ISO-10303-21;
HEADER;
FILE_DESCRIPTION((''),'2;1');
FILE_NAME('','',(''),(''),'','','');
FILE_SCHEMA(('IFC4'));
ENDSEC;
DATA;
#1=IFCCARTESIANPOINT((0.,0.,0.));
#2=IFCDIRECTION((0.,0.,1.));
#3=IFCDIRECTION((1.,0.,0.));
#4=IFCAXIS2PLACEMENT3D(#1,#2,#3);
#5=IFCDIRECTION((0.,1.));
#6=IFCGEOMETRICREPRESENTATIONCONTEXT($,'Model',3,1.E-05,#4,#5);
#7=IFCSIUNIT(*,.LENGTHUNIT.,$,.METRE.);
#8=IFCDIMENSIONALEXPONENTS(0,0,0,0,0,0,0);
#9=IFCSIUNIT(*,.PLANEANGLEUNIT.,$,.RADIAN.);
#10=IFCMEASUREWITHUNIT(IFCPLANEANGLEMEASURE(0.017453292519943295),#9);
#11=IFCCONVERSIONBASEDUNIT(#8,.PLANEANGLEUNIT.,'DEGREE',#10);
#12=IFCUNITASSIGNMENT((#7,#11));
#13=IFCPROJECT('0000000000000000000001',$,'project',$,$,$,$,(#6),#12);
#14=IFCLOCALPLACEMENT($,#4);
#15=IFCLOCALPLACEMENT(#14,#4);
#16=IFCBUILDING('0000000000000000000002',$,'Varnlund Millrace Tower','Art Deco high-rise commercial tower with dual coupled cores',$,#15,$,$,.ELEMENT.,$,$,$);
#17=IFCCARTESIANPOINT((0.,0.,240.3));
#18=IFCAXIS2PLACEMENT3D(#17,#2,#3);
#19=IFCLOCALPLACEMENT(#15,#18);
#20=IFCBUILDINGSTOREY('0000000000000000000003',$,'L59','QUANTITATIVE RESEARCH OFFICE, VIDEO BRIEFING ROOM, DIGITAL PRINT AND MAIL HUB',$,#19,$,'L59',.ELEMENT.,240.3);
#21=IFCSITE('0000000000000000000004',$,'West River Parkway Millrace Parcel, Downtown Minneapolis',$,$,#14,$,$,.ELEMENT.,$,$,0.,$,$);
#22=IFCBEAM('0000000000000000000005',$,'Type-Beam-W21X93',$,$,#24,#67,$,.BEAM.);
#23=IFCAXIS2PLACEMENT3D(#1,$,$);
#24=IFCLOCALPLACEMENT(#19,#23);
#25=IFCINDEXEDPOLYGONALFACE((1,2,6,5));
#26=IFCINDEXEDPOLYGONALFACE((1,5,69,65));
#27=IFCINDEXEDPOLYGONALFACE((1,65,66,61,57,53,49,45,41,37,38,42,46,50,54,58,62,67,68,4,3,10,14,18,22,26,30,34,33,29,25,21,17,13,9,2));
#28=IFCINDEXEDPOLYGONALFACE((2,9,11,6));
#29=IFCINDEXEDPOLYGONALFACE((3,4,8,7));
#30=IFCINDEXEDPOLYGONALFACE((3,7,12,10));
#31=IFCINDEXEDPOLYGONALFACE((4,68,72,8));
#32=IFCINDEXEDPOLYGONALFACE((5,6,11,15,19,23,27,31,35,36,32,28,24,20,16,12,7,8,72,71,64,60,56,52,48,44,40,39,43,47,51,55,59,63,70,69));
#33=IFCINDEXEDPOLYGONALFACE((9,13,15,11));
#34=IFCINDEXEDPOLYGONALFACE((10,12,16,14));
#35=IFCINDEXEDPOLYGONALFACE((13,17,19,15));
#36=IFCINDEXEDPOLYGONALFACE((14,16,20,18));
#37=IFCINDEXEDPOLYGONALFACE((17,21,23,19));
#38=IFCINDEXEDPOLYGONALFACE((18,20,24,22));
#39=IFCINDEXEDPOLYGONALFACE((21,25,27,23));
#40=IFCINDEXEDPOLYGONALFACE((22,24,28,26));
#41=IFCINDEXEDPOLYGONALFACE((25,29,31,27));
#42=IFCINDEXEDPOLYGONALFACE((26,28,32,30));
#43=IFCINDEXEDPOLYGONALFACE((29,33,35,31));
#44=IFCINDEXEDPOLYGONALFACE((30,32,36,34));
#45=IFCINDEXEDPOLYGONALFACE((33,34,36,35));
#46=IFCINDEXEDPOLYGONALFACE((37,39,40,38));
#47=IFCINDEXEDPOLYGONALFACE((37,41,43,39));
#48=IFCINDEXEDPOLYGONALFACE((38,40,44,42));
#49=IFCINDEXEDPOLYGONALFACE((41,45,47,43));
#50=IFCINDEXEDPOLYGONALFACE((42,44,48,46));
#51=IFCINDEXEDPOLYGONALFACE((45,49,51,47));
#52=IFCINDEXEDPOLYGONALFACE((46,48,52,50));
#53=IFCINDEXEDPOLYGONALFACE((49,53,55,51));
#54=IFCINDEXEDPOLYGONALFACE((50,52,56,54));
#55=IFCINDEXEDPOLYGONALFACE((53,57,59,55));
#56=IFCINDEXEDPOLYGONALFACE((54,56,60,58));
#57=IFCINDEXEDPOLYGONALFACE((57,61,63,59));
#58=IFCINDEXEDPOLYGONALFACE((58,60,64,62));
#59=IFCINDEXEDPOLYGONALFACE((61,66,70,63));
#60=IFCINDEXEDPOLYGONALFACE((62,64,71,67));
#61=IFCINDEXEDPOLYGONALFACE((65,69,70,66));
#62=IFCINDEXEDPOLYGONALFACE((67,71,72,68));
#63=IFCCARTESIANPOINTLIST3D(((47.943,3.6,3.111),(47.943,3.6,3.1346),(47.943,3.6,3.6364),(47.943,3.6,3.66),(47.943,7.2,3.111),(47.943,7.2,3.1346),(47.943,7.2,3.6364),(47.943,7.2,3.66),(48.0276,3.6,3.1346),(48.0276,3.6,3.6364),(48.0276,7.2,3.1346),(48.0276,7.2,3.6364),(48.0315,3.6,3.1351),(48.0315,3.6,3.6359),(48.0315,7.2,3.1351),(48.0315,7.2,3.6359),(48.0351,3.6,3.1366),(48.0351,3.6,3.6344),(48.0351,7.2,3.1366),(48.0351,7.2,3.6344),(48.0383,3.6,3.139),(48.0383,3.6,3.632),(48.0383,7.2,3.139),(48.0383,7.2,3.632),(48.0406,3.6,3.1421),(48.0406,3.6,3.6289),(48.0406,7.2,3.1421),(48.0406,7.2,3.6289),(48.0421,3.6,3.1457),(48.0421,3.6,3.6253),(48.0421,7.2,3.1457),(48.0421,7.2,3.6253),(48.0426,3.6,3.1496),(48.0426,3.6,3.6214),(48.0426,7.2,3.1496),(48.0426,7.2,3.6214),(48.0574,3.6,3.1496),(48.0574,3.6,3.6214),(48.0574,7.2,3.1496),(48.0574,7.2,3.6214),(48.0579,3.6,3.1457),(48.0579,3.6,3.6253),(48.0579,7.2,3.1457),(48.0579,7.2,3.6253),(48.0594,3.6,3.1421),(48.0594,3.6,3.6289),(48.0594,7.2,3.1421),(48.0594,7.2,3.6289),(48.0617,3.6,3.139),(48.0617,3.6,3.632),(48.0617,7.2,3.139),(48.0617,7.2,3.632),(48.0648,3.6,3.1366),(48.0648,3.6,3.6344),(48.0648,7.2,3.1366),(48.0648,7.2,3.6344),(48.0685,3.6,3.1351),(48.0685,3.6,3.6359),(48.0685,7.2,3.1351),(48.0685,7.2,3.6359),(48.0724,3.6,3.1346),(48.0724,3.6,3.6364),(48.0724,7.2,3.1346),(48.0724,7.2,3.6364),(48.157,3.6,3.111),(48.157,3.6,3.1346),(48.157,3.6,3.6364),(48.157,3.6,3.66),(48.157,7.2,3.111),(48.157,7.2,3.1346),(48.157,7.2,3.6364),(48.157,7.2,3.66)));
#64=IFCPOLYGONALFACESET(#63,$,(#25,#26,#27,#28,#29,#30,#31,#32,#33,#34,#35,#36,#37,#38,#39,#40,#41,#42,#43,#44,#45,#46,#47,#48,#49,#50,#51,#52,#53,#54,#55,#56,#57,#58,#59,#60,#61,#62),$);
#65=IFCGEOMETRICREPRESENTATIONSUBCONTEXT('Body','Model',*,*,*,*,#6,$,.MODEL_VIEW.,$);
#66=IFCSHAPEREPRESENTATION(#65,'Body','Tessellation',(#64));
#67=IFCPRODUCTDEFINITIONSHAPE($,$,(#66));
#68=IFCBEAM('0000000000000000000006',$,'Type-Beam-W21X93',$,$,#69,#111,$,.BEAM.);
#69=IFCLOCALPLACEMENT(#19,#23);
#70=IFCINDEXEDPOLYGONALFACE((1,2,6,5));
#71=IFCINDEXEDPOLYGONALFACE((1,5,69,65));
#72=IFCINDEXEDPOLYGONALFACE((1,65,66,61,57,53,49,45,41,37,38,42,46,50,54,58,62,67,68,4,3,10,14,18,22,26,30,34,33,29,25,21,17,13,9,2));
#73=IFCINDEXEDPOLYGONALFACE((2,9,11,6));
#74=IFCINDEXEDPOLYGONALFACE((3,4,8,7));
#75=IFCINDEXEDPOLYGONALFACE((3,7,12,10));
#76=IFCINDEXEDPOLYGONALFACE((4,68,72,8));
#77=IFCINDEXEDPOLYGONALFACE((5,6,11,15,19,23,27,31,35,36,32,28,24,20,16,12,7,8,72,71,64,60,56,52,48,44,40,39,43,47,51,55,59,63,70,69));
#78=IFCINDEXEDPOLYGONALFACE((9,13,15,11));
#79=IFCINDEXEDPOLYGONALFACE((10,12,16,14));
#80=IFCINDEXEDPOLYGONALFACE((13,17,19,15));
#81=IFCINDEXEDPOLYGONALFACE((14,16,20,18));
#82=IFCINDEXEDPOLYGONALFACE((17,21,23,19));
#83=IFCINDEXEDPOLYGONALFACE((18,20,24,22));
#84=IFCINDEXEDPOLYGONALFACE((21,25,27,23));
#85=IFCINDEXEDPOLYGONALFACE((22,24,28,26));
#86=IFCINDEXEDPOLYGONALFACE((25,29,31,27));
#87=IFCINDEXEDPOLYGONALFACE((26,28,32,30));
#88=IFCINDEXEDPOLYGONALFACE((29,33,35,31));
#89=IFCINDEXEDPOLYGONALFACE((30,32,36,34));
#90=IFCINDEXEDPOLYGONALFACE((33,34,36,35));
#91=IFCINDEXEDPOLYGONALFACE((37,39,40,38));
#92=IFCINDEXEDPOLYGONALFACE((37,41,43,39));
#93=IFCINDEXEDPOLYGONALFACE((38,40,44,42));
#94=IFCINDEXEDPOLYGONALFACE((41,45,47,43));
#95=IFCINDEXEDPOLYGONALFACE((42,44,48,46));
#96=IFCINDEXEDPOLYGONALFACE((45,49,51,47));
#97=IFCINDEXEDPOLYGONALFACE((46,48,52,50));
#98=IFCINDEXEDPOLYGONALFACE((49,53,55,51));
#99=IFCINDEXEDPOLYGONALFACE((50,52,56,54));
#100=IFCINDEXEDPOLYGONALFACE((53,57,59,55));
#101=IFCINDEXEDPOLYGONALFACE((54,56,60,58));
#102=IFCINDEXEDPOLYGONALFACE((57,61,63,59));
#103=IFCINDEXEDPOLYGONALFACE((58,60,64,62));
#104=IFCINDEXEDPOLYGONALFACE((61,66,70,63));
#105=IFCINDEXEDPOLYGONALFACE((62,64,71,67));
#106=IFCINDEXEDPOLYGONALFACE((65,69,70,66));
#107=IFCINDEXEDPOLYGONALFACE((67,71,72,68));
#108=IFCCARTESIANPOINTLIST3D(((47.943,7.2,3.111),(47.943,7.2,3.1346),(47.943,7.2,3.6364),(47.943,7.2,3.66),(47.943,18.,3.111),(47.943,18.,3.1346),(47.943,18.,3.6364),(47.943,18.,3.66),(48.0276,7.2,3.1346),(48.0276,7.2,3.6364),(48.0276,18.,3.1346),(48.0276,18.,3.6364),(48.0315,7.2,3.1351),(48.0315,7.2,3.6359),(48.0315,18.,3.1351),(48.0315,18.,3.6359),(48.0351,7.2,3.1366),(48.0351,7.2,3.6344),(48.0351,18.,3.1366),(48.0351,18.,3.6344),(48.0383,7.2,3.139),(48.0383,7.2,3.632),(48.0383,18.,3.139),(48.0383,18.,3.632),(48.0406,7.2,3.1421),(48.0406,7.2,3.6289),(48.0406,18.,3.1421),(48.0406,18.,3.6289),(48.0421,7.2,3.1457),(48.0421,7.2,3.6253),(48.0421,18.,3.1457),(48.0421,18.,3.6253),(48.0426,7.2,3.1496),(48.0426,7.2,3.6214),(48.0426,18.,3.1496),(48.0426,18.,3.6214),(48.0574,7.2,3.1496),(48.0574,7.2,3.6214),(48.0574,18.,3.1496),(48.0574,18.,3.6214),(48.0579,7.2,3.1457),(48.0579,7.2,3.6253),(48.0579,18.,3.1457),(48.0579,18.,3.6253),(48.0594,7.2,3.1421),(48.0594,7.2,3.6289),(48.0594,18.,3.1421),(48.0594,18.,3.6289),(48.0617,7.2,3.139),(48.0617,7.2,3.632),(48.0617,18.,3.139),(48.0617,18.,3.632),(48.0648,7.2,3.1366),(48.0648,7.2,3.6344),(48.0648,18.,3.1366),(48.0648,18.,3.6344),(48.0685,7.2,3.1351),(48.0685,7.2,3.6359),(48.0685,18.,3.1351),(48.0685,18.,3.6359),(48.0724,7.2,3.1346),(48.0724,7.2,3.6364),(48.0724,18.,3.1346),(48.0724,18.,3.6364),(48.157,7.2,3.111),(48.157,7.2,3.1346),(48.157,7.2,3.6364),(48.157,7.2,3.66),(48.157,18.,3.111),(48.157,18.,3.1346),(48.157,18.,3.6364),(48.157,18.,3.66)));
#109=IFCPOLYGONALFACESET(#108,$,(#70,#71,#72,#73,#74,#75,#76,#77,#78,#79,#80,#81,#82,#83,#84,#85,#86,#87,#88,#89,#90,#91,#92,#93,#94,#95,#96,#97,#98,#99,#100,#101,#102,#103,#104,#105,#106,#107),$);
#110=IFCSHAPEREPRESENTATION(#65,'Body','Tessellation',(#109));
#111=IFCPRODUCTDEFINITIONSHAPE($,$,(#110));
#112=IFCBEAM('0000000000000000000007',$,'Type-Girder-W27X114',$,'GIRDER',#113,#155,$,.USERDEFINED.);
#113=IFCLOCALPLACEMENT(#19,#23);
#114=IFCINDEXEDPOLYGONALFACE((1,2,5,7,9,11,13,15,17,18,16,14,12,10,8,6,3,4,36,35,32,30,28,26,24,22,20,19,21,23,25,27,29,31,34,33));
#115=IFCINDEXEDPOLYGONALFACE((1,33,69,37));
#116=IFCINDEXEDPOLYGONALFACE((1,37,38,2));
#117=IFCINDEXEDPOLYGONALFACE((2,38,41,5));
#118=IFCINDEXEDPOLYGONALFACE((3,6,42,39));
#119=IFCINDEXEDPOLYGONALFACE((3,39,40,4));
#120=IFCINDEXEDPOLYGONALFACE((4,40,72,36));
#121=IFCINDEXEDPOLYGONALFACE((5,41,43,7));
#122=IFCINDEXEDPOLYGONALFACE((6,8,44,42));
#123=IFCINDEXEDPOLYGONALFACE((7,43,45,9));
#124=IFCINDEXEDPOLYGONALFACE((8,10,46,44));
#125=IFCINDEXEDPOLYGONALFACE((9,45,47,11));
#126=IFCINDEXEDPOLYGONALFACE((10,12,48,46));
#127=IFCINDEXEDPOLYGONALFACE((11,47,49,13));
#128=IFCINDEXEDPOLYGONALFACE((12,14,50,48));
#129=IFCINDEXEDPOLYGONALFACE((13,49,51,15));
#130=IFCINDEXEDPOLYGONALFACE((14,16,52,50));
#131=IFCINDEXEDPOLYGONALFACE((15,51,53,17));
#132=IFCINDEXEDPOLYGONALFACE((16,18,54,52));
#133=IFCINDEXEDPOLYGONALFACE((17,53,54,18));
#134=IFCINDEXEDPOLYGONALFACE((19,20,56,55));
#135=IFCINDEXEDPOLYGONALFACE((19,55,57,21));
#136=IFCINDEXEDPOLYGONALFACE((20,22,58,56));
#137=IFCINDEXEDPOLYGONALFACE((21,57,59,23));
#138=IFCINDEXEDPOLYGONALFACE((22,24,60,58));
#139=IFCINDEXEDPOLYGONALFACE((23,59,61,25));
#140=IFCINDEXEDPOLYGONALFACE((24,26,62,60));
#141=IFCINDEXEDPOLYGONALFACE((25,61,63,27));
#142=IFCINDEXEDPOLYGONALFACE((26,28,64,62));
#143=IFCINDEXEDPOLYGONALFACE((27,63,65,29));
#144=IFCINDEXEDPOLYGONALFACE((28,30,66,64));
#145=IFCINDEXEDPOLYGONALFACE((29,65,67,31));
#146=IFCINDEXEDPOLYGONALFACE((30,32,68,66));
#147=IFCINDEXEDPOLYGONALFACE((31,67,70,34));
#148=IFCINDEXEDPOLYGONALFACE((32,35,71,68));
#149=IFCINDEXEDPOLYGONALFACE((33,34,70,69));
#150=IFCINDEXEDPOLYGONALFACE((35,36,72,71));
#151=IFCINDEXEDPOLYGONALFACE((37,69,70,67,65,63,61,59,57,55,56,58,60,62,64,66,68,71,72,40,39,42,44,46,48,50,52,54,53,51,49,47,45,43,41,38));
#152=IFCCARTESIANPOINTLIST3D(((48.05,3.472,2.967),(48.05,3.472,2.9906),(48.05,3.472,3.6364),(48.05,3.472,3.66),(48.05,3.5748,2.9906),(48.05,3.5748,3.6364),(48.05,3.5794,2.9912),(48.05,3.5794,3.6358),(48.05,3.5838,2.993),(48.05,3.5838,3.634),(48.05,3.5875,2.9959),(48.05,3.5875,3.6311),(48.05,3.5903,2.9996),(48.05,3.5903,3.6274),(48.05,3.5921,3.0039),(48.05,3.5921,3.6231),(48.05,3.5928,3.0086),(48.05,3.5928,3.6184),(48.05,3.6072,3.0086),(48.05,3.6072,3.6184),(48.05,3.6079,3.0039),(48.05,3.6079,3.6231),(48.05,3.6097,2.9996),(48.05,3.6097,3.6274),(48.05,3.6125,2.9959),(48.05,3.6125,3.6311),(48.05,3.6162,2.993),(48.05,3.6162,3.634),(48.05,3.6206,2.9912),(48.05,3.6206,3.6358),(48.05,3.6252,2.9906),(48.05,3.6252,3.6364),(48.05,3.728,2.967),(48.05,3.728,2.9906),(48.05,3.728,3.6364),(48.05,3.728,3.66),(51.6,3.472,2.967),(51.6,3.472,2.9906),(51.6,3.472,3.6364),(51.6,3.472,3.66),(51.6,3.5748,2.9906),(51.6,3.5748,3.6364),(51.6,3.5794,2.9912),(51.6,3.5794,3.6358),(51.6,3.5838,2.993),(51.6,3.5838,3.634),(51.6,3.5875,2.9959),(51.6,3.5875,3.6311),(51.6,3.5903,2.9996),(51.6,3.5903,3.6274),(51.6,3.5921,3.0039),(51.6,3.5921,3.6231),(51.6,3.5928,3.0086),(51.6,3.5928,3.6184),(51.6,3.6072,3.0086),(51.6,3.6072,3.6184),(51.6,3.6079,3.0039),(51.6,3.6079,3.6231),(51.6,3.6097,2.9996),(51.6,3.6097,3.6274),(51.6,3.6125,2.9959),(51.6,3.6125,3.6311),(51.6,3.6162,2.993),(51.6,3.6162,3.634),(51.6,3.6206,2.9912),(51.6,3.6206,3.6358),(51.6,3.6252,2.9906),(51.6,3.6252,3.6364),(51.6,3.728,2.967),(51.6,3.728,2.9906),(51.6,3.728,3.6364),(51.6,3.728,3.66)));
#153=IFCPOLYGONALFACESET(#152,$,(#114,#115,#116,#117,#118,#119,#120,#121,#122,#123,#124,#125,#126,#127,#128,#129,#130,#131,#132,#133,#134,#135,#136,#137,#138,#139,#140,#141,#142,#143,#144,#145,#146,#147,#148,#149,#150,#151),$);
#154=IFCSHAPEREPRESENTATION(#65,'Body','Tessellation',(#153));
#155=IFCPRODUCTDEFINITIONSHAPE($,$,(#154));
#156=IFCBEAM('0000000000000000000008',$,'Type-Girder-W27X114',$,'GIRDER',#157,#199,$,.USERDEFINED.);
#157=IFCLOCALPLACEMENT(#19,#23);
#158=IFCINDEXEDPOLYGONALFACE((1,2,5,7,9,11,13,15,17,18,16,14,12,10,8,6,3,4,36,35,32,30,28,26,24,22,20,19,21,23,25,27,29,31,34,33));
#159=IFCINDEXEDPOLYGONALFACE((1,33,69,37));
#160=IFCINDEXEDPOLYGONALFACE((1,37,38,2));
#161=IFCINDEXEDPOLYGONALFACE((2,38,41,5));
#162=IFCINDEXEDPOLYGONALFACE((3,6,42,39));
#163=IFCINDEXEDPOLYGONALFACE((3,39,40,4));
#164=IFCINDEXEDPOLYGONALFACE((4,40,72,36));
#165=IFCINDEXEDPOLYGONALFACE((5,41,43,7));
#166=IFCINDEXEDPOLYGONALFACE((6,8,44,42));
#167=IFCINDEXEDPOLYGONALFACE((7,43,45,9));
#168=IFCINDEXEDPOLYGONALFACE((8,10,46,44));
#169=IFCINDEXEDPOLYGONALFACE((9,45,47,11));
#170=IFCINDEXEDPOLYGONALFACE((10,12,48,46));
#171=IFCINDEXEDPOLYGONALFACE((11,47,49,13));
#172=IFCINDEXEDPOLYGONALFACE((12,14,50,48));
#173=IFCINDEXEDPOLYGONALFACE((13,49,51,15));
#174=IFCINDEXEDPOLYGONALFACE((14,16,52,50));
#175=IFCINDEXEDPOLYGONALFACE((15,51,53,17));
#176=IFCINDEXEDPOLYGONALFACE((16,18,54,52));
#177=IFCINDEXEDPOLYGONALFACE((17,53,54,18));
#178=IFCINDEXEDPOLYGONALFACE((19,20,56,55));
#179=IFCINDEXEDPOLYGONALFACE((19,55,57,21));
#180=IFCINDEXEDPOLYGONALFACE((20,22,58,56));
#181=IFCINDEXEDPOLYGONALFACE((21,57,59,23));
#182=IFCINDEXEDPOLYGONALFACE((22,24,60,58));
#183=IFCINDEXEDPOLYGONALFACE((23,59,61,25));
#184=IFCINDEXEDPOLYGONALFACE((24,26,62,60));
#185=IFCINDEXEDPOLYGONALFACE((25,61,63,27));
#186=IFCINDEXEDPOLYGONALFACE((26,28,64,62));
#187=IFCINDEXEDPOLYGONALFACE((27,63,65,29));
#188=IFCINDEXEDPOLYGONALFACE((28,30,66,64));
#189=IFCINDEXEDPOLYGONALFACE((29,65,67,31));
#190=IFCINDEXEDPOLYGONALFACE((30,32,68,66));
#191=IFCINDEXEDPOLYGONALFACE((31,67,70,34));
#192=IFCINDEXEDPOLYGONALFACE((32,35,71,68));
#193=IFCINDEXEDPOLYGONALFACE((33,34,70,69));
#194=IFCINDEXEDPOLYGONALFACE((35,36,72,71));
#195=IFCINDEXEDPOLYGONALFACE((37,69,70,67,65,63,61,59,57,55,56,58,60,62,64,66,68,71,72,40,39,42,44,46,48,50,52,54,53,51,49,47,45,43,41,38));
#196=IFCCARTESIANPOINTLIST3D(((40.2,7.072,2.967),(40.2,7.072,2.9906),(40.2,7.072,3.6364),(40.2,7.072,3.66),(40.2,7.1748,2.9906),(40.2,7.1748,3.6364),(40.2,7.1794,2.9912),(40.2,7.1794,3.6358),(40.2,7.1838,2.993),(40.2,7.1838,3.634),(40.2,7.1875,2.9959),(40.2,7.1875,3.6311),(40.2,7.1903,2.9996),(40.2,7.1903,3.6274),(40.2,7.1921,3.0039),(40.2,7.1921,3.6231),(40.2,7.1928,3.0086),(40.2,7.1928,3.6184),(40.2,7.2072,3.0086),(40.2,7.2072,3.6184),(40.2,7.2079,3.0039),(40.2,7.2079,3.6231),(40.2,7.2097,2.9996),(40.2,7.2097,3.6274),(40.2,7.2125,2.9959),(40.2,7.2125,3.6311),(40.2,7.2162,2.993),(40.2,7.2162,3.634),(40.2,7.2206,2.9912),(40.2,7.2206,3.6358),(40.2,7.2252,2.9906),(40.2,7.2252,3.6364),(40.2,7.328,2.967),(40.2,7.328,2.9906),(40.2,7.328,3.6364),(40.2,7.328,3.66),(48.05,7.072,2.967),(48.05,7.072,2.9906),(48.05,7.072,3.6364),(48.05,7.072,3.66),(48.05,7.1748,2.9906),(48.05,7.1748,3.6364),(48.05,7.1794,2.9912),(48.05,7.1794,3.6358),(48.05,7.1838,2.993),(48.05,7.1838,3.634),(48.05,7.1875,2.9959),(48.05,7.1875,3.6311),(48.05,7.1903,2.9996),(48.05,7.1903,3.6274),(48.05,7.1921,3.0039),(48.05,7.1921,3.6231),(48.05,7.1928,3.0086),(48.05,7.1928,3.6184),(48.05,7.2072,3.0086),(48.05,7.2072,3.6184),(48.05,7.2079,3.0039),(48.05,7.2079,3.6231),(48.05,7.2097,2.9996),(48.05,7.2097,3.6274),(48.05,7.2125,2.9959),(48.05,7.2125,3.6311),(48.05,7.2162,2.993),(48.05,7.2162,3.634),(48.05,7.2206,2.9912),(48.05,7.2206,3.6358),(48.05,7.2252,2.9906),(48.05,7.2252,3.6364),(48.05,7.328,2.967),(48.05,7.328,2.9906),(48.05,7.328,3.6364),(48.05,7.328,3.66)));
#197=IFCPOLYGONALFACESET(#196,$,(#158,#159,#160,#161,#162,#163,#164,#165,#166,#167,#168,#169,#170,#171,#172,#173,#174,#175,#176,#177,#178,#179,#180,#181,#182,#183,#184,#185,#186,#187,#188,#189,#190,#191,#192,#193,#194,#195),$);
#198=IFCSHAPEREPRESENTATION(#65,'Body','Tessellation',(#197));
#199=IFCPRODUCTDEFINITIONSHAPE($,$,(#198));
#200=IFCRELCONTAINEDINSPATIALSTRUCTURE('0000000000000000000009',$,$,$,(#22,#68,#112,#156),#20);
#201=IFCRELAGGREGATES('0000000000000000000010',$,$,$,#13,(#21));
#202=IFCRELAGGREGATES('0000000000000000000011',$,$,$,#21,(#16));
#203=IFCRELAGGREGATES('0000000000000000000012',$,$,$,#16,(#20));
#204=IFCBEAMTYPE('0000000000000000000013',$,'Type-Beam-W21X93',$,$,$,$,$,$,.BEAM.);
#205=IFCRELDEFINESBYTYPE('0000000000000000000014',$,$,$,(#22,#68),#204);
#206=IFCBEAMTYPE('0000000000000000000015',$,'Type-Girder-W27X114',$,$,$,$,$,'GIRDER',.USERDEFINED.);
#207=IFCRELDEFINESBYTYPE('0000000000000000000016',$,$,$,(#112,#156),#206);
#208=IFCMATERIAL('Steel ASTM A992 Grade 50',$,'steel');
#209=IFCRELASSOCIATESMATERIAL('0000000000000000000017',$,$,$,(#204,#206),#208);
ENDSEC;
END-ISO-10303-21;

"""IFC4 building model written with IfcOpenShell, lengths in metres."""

from ifc_helpers import new_model, entity, si_unit, converted_unit, direction, frame, origin_with_axes, origin_2d_with_axis, place, context, subcontext, project, spatial, i_section, extrude, material, material_profile, profile_set, type_object, element, save


model = new_model("IFC4")

# Units and contexts
model_context = context("Model", 3, precision=1e-05, world=origin_with_axes(), true_north=direction((0.0, 1.0)))
body_context = subcontext(model_context, "Body", "Model", "MODEL_VIEW")
ifc_project = project(units=[si_unit("LENGTHUNIT", "METRE"), converted_unit("PLANEANGLEUNIT", "DEGREE", entity("IfcPlaneAngleMeasure", 0.017453292519943295), si_unit("PLANEANGLEUNIT", "RADIAN"), dimensions=[0, 0, 0, 0, 0, 0, 0])], contexts=[model_context])

# Site, building, storey
site_placement = place(None, origin_with_axes())
site = spatial("IfcSite", under=ifc_project, at=site_placement, Name="West River Parkway Millrace Parcel, Downtown Minneapolis", CompositionType="ELEMENT", RefElevation=0.0)
building_placement = place(site_placement, origin_with_axes())
building = spatial("IfcBuilding", under=site, at=building_placement, Name="Varnlund Millrace Tower", Description="Art Deco high-rise commercial tower with dual coupled cores", CompositionType="ELEMENT")
storey_placement = place(building_placement, frame((0.0, 0.0, 240.3), z_axis=(0.0, 0.0, 1.0), x_axis=(1.0, 0.0, 0.0)))
storey = spatial("IfcBuildingStorey", under=building, at=storey_placement, Name="L59", Description="QUANTITATIVE RESEARCH OFFICE, VIDEO BRIEFING ROOM, DIGITAL PRINT AND MAIL HUB", LongName="L59", CompositionType="ELEMENT", Elevation=240.3)

# Beams
ifc_material_1 = material(Name="Steel ASTM A992 Grade 50", Category="steel")
ifc_material_profile_1 = material_profile(ifc_material_1, i_section(OverallWidth=0.214, OverallDepth=0.549, WebThickness=0.0147, FlangeThickness=0.0236, FilletRadius=0.015, at=origin_2d_with_axis()), Name="Steel ASTM A992 Grade 50")
ifc_profile_set_1 = profile_set([ifc_material_profile_1], Name="Steel ASTM A992 Grade 50")
beam_type_1 = type_object("IfcBeamType", Name="Type-Beam-W21X93", PredefinedType="BEAM", material=ifc_profile_set_1)
beam_1_placement = place(storey_placement, frame((48.05, 3.6, 3.3855), z_axis=(0.0, 1.0, 0.0), x_axis=(-1.0, 0.0, 0.0)))
element("IfcBeam", 1, at=beam_1_placement, inside=storey, type_object=beam_type_1, Name="Type-Beam-W21X93", PredefinedType="BEAM", context=body_context, shape_type="SweptSolid", body=[
    extrude(i_section(OverallWidth=0.214, OverallDepth=0.549, WebThickness=0.0147, FlangeThickness=0.0236, FilletRadius=0.015, at=origin_2d_with_axis()), origin_with_axes(), (0.0, 0.0, 1.0), 3.6),
])
beam_2_placement = place(storey_placement, frame((48.05, 7.2, 3.3855), z_axis=(0.0, 1.0, 0.0), x_axis=(-1.0, 0.0, 0.0)))
element("IfcBeam", 2, at=beam_2_placement, inside=storey, type_object=beam_type_1, Name="Type-Beam-W21X93", PredefinedType="BEAM", context=body_context, shape_type="SweptSolid", body=[
    extrude(i_section(OverallWidth=0.214, OverallDepth=0.549, WebThickness=0.0147, FlangeThickness=0.0236, FilletRadius=0.015, at=origin_2d_with_axis()), origin_with_axes(), (0.0, 0.0, 1.0), 10.8),
])
ifc_material_profile_2 = material_profile(ifc_material_1, i_section(OverallWidth=0.256, OverallDepth=0.693, WebThickness=0.0145, FlangeThickness=0.0236, FilletRadius=0.018, at=origin_2d_with_axis()), Name="Steel ASTM A992 Grade 50")
ifc_profile_set_2 = profile_set([ifc_material_profile_2], Name="Steel ASTM A992 Grade 50")
beam_type_2 = type_object("IfcBeamType", Name="Type-Girder-W27X114", ElementType="GIRDER", PredefinedType="USERDEFINED", material=ifc_profile_set_2)
beam_3_placement = place(storey_placement, frame((48.05, 3.6, 3.3135), z_axis=(1.0, 0.0, 0.0), x_axis=(0.0, 1.0, 0.0)))
element("IfcBeam", 3, at=beam_3_placement, inside=storey, type_object=beam_type_2, Name="Type-Girder-W27X114", ObjectType="GIRDER", PredefinedType="USERDEFINED", context=body_context, shape_type="SweptSolid", body=[
    extrude(i_section(OverallWidth=0.256, OverallDepth=0.693, WebThickness=0.0145, FlangeThickness=0.0236, FilletRadius=0.018, at=origin_2d_with_axis()), origin_with_axes(), (0.0, 0.0, 1.0), 3.55),
])
beam_4_placement = place(storey_placement, frame((40.2, 7.2, 3.3135), z_axis=(1.0, 0.0, 0.0), x_axis=(0.0, 1.0, 0.0)))
element("IfcBeam", 4, at=beam_4_placement, inside=storey, type_object=beam_type_2, Name="Type-Girder-W27X114", ObjectType="GIRDER", PredefinedType="USERDEFINED", context=body_context, shape_type="SweptSolid", body=[
    extrude(i_section(OverallWidth=0.256, OverallDepth=0.693, WebThickness=0.0145, FlangeThickness=0.0236, FilletRadius=0.018, at=origin_2d_with_axis()), origin_with_axes(), (0.0, 0.0, 1.0), 7.85),
])

save(model, "model.ifc")
